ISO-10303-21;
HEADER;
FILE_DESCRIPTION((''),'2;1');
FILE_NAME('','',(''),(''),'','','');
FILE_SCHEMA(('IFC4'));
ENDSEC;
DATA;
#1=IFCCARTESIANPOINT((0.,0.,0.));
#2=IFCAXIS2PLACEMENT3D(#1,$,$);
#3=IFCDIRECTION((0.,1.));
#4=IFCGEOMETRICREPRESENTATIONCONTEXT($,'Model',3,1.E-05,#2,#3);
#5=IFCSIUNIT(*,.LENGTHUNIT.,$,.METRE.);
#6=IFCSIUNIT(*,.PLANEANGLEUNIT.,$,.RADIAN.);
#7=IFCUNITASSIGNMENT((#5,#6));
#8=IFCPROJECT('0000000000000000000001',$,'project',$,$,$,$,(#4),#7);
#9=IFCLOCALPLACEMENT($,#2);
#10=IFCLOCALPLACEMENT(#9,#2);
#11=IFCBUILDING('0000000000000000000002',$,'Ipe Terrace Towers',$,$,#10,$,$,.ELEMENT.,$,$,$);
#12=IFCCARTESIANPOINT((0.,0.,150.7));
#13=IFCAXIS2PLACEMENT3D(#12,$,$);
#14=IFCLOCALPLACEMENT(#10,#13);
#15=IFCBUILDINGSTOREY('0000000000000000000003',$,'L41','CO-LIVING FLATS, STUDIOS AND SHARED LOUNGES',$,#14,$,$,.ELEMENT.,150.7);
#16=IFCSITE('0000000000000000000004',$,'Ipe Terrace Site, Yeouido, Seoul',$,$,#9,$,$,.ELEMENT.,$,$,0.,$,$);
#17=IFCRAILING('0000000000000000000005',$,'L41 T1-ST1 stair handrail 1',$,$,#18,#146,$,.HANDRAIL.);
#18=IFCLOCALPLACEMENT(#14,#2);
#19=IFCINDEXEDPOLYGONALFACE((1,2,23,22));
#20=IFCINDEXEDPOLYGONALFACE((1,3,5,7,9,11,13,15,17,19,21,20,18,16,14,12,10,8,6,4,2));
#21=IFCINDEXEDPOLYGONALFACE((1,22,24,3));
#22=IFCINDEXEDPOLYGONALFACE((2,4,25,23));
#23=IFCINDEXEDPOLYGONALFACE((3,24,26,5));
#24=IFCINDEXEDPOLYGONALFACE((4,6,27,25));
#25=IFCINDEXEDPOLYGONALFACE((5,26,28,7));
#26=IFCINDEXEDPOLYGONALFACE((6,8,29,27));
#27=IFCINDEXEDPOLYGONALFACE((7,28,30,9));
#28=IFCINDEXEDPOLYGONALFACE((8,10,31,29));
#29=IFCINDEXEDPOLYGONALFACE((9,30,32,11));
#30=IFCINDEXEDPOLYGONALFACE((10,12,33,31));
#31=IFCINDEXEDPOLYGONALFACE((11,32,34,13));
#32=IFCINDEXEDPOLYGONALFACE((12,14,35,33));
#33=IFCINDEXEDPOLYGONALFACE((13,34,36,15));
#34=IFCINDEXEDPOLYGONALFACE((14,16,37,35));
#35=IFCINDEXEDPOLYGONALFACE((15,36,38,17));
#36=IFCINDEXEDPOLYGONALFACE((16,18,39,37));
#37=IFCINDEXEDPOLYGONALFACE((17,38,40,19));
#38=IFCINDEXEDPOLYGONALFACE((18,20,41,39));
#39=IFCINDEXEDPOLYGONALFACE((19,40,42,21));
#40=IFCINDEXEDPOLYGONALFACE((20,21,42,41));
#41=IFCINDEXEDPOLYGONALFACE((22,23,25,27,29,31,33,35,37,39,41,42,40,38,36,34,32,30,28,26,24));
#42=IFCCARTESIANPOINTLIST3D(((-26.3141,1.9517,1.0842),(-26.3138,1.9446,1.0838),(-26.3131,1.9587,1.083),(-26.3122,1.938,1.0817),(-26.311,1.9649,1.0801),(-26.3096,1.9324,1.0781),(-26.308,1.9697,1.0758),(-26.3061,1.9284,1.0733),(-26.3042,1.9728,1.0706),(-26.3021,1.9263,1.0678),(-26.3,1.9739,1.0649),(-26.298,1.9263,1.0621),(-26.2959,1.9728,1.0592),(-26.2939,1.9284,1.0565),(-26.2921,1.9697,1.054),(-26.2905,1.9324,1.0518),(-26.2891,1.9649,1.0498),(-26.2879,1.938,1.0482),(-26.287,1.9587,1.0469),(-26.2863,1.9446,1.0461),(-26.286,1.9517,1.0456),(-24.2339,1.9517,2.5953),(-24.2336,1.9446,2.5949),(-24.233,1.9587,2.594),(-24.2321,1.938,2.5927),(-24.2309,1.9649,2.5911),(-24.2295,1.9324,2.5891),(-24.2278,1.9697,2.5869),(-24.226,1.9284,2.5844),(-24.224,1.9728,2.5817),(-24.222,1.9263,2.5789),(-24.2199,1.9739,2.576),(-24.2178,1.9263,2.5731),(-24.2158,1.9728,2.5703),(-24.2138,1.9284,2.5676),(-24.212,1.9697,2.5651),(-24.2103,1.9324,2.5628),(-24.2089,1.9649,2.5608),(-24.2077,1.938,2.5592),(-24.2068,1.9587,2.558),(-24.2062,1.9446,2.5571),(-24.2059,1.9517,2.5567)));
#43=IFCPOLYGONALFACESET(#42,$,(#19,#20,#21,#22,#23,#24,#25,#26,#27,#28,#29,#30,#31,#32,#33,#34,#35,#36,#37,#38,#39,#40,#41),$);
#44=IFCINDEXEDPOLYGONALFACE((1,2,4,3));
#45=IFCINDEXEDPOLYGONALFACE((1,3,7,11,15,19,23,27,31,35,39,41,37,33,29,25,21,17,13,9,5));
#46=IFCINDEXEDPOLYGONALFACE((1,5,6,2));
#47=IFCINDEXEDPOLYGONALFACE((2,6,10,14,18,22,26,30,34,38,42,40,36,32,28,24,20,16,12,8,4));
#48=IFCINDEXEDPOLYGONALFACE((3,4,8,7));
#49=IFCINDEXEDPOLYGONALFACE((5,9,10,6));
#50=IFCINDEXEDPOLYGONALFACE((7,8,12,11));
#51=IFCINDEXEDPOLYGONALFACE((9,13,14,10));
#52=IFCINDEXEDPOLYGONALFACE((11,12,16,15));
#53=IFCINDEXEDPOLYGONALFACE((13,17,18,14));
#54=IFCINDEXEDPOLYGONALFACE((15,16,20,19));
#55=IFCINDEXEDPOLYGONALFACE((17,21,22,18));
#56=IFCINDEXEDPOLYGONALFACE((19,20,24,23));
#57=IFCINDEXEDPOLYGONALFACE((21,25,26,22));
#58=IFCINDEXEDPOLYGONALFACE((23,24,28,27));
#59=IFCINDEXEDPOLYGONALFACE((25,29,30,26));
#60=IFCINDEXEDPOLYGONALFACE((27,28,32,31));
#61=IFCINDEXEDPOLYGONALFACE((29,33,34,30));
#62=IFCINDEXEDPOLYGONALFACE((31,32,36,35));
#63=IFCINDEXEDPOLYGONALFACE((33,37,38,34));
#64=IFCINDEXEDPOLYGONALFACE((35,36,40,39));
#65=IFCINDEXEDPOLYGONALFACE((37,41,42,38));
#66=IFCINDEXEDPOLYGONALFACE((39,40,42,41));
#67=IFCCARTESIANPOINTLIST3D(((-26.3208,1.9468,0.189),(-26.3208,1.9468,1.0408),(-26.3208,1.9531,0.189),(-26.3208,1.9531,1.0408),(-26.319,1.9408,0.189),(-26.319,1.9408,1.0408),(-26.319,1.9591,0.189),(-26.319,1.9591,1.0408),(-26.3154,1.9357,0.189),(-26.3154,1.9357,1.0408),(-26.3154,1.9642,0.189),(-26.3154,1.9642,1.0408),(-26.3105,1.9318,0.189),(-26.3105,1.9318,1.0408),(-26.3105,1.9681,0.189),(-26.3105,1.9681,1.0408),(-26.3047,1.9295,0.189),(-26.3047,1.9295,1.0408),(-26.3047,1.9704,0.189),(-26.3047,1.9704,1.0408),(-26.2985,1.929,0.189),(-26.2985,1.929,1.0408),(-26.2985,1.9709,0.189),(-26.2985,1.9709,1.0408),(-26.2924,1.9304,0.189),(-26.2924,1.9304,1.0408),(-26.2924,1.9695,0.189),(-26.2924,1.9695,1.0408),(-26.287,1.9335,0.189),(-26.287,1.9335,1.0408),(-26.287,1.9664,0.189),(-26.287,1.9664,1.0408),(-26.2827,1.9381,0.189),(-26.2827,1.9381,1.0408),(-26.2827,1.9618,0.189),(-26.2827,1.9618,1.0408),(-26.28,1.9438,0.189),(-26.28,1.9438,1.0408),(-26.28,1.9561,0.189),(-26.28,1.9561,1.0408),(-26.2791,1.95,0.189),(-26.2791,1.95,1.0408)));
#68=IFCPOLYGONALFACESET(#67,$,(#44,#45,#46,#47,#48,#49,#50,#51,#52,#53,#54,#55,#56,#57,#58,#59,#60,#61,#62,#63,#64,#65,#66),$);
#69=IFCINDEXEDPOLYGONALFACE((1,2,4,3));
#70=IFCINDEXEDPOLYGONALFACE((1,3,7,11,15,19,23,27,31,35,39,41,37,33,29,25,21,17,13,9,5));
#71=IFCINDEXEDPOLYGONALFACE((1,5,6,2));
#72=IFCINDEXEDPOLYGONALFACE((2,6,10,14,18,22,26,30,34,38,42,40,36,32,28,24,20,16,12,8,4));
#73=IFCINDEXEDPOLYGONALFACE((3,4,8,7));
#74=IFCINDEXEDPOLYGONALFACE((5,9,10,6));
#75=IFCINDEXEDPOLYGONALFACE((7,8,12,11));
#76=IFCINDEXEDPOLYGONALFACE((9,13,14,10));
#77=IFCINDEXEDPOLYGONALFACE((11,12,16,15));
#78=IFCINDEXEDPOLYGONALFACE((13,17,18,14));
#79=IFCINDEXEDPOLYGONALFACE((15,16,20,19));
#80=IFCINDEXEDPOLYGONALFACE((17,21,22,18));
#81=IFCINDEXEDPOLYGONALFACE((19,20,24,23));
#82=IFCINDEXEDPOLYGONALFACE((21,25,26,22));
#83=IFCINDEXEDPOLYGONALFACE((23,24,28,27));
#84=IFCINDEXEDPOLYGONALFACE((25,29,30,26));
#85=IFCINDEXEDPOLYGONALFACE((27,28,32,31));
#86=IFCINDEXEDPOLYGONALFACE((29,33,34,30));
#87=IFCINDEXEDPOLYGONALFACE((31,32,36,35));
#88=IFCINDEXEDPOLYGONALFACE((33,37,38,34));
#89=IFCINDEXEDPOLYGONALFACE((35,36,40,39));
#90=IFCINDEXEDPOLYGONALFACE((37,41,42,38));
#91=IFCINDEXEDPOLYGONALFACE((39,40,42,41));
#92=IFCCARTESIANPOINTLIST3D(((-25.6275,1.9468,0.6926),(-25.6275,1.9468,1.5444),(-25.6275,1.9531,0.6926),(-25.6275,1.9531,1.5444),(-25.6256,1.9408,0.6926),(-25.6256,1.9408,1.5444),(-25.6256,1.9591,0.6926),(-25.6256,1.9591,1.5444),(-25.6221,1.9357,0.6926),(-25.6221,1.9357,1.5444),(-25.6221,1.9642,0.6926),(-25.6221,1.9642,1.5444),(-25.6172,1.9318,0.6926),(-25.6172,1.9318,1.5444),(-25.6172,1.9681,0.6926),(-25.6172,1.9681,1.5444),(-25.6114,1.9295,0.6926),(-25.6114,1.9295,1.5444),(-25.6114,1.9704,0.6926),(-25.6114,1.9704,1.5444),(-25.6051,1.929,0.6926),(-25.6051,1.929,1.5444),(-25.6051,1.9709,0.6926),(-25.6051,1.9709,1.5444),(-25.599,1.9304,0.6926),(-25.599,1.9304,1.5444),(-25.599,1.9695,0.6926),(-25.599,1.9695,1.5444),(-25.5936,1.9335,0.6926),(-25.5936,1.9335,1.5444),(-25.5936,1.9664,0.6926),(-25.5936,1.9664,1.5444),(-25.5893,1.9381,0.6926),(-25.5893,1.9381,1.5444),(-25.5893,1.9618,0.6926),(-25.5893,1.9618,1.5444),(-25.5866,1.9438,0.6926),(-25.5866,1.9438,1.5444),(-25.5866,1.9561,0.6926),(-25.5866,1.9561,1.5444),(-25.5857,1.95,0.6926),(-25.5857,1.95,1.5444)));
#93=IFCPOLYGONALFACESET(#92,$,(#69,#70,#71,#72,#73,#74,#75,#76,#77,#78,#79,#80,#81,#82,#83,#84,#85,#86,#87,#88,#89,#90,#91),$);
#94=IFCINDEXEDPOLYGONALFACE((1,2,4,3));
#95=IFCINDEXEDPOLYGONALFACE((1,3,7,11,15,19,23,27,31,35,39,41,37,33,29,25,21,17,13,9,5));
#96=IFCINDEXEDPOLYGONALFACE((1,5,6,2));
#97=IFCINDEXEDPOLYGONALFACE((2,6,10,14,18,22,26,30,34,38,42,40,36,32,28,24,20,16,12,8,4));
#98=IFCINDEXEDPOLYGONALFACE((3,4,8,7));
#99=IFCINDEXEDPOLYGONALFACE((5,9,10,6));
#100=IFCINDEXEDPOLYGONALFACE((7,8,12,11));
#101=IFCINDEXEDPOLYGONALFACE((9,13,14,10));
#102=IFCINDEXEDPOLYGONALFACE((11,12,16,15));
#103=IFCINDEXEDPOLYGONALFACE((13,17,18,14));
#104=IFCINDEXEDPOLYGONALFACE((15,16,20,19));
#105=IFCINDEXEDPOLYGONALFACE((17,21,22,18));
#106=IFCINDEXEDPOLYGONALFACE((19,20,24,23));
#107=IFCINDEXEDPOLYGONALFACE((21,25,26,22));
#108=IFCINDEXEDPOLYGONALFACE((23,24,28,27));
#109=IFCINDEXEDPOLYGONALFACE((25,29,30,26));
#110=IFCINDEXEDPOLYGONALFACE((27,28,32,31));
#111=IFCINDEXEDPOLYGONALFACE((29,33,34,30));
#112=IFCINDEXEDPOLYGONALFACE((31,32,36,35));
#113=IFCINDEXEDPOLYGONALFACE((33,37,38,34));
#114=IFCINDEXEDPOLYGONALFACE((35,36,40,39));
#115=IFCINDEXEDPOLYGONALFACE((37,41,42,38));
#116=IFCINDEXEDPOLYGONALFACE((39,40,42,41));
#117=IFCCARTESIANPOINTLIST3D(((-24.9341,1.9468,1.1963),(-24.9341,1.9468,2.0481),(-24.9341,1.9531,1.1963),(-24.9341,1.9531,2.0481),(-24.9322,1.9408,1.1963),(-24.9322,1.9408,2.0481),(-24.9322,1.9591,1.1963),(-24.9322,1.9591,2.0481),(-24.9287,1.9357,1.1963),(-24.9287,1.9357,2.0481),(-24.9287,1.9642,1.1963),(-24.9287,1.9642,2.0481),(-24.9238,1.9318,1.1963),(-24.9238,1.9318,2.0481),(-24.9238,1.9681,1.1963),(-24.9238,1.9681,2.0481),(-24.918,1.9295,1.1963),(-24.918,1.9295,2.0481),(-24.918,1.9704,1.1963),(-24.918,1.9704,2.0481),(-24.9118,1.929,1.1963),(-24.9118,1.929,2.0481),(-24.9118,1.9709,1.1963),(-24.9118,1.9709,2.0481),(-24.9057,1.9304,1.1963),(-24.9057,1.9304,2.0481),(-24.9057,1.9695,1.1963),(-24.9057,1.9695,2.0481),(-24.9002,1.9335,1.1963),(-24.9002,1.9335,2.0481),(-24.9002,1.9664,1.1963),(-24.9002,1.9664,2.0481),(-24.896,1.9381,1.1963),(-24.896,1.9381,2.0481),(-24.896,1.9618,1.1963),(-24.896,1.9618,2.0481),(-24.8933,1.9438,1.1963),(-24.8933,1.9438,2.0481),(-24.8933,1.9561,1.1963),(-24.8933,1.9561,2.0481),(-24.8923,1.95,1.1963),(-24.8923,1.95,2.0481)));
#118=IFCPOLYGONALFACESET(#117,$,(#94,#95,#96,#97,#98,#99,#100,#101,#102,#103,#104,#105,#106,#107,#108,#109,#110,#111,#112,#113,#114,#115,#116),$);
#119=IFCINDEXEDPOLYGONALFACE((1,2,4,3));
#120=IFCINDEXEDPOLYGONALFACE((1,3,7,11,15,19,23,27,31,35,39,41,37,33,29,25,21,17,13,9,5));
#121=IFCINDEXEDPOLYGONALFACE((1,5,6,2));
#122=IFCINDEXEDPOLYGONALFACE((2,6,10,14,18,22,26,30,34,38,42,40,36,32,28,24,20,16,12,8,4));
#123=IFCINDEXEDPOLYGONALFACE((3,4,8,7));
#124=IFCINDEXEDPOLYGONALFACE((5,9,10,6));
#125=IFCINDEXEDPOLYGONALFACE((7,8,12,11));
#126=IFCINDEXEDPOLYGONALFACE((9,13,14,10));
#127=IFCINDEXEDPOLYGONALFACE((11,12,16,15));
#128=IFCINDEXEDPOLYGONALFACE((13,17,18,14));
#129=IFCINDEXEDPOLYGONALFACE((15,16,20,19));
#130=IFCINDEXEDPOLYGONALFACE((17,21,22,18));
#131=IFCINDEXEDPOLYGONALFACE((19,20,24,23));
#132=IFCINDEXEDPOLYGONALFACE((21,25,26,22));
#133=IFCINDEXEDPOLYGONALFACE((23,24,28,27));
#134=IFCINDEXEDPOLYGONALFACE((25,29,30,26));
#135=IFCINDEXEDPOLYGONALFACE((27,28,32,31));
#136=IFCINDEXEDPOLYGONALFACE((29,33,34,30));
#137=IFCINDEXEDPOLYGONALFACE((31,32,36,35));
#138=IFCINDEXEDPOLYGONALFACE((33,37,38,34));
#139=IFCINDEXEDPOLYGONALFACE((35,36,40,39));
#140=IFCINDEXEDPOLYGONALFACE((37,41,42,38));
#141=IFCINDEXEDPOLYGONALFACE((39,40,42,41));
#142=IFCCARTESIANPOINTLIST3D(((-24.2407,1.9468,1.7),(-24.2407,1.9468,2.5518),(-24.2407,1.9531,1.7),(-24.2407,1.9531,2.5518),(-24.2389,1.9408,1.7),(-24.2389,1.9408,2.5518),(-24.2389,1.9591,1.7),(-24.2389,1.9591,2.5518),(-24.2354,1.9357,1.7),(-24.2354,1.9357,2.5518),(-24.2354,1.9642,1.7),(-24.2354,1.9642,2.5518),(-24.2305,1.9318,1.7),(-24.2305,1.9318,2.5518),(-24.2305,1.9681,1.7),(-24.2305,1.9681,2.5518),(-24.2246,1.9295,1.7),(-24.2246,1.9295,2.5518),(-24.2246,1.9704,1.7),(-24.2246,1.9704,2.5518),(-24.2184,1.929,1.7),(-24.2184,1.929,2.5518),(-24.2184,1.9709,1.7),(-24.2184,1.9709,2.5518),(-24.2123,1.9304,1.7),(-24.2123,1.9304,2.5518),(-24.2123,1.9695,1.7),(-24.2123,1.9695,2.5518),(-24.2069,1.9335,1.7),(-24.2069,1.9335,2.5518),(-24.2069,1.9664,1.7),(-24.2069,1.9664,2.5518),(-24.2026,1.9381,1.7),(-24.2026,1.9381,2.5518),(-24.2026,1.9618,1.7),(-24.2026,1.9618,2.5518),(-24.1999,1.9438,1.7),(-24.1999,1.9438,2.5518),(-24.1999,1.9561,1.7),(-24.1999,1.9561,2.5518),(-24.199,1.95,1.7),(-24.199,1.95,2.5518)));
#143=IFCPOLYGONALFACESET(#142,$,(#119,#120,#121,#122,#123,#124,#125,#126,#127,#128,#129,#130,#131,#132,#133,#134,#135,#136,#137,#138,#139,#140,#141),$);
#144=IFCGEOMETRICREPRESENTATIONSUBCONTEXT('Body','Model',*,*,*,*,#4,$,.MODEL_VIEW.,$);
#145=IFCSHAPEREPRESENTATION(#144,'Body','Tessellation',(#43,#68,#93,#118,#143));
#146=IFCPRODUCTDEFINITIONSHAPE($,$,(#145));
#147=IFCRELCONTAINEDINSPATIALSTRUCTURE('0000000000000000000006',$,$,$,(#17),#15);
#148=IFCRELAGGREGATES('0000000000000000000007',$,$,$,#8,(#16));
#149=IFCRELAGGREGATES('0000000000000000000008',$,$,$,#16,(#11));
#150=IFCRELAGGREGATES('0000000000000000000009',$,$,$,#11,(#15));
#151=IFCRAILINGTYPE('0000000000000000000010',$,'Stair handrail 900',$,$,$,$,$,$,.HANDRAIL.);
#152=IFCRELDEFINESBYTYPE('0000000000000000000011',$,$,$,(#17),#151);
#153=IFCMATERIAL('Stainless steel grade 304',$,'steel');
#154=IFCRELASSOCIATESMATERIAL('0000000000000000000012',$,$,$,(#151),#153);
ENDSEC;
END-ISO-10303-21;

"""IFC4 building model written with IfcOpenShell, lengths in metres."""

from ifc_helpers import new_model, si_unit, direction, frame, origin, origin_2d, place, context, subcontext, project, spatial, circle, extrude, material, type_object, element, save


model = new_model("IFC4")

# Units and contexts
model_context = context("Model", 3, precision=1e-05, world=origin(), true_north=direction((0.0, 1.0)))
body_context = subcontext(model_context, "Body", "Model", "MODEL_VIEW")
ifc_project = project(units=[si_unit("LENGTHUNIT", "METRE"), si_unit("PLANEANGLEUNIT", "RADIAN")], contexts=[model_context])

# Site, building, storey
site_placement = place(None, origin())
site = spatial("IfcSite", under=ifc_project, at=site_placement, Name="Ipe Terrace Site, Yeouido, Seoul", CompositionType="ELEMENT", RefElevation=0.0)
building_placement = place(site_placement, origin())
building = spatial("IfcBuilding", under=site, at=building_placement, Name="Ipe Terrace Towers", CompositionType="ELEMENT")
storey_placement = place(building_placement, frame((0.0, 0.0, 150.7)))
storey = spatial("IfcBuildingStorey", under=building, at=storey_placement, Name="L41", Description="CO-LIVING FLATS, STUDIOS AND SHARED LOUNGES", CompositionType="ELEMENT", Elevation=150.7)

# Railing
ifc_material_1 = material(Name="Stainless steel grade 304", Category="steel")
railing_type_1 = type_object("IfcRailingType", Name="Stair handrail 900", PredefinedType="HANDRAIL", material=ifc_material_1)
railing_1_placement = place(storey_placement, frame((-26.3, 1.95, 0.189)))
element("IfcRailing", 1, at=railing_1_placement, inside=storey, type_object=railing_type_1, Name="L41 T1-ST1 stair handrail 1", PredefinedType="HANDRAIL", context=body_context, shape_type="SweptSolid", body=[
    extrude(circle(Radius=0.0239, at=origin_2d()), frame((0.0, 0.0, 0.876), z_axis=(0.809069, 0.0, 0.587714), x_axis=(0.0, 1.0, 0.0)), (0.0, 0.0, 1.0), 2.571),
    extrude(circle(Radius=0.021, at=origin_2d()), origin(), (0.0, 0.0, 1.0), 0.8518),
    extrude(circle(Radius=0.021, at=origin_2d()), frame((0.6934, 0.0, 0.5037)), (0.0, 0.0, 1.0), 0.8518),
    extrude(circle(Radius=0.021, at=origin_2d()), frame((1.3867, 0.0, 1.0073)), (0.0, 0.0, 1.0), 0.8518),
    extrude(circle(Radius=0.021, at=origin_2d()), frame((2.0801, 0.0, 1.511)), (0.0, 0.0, 1.0), 0.8518),
])

save(model, "model.ifc")
